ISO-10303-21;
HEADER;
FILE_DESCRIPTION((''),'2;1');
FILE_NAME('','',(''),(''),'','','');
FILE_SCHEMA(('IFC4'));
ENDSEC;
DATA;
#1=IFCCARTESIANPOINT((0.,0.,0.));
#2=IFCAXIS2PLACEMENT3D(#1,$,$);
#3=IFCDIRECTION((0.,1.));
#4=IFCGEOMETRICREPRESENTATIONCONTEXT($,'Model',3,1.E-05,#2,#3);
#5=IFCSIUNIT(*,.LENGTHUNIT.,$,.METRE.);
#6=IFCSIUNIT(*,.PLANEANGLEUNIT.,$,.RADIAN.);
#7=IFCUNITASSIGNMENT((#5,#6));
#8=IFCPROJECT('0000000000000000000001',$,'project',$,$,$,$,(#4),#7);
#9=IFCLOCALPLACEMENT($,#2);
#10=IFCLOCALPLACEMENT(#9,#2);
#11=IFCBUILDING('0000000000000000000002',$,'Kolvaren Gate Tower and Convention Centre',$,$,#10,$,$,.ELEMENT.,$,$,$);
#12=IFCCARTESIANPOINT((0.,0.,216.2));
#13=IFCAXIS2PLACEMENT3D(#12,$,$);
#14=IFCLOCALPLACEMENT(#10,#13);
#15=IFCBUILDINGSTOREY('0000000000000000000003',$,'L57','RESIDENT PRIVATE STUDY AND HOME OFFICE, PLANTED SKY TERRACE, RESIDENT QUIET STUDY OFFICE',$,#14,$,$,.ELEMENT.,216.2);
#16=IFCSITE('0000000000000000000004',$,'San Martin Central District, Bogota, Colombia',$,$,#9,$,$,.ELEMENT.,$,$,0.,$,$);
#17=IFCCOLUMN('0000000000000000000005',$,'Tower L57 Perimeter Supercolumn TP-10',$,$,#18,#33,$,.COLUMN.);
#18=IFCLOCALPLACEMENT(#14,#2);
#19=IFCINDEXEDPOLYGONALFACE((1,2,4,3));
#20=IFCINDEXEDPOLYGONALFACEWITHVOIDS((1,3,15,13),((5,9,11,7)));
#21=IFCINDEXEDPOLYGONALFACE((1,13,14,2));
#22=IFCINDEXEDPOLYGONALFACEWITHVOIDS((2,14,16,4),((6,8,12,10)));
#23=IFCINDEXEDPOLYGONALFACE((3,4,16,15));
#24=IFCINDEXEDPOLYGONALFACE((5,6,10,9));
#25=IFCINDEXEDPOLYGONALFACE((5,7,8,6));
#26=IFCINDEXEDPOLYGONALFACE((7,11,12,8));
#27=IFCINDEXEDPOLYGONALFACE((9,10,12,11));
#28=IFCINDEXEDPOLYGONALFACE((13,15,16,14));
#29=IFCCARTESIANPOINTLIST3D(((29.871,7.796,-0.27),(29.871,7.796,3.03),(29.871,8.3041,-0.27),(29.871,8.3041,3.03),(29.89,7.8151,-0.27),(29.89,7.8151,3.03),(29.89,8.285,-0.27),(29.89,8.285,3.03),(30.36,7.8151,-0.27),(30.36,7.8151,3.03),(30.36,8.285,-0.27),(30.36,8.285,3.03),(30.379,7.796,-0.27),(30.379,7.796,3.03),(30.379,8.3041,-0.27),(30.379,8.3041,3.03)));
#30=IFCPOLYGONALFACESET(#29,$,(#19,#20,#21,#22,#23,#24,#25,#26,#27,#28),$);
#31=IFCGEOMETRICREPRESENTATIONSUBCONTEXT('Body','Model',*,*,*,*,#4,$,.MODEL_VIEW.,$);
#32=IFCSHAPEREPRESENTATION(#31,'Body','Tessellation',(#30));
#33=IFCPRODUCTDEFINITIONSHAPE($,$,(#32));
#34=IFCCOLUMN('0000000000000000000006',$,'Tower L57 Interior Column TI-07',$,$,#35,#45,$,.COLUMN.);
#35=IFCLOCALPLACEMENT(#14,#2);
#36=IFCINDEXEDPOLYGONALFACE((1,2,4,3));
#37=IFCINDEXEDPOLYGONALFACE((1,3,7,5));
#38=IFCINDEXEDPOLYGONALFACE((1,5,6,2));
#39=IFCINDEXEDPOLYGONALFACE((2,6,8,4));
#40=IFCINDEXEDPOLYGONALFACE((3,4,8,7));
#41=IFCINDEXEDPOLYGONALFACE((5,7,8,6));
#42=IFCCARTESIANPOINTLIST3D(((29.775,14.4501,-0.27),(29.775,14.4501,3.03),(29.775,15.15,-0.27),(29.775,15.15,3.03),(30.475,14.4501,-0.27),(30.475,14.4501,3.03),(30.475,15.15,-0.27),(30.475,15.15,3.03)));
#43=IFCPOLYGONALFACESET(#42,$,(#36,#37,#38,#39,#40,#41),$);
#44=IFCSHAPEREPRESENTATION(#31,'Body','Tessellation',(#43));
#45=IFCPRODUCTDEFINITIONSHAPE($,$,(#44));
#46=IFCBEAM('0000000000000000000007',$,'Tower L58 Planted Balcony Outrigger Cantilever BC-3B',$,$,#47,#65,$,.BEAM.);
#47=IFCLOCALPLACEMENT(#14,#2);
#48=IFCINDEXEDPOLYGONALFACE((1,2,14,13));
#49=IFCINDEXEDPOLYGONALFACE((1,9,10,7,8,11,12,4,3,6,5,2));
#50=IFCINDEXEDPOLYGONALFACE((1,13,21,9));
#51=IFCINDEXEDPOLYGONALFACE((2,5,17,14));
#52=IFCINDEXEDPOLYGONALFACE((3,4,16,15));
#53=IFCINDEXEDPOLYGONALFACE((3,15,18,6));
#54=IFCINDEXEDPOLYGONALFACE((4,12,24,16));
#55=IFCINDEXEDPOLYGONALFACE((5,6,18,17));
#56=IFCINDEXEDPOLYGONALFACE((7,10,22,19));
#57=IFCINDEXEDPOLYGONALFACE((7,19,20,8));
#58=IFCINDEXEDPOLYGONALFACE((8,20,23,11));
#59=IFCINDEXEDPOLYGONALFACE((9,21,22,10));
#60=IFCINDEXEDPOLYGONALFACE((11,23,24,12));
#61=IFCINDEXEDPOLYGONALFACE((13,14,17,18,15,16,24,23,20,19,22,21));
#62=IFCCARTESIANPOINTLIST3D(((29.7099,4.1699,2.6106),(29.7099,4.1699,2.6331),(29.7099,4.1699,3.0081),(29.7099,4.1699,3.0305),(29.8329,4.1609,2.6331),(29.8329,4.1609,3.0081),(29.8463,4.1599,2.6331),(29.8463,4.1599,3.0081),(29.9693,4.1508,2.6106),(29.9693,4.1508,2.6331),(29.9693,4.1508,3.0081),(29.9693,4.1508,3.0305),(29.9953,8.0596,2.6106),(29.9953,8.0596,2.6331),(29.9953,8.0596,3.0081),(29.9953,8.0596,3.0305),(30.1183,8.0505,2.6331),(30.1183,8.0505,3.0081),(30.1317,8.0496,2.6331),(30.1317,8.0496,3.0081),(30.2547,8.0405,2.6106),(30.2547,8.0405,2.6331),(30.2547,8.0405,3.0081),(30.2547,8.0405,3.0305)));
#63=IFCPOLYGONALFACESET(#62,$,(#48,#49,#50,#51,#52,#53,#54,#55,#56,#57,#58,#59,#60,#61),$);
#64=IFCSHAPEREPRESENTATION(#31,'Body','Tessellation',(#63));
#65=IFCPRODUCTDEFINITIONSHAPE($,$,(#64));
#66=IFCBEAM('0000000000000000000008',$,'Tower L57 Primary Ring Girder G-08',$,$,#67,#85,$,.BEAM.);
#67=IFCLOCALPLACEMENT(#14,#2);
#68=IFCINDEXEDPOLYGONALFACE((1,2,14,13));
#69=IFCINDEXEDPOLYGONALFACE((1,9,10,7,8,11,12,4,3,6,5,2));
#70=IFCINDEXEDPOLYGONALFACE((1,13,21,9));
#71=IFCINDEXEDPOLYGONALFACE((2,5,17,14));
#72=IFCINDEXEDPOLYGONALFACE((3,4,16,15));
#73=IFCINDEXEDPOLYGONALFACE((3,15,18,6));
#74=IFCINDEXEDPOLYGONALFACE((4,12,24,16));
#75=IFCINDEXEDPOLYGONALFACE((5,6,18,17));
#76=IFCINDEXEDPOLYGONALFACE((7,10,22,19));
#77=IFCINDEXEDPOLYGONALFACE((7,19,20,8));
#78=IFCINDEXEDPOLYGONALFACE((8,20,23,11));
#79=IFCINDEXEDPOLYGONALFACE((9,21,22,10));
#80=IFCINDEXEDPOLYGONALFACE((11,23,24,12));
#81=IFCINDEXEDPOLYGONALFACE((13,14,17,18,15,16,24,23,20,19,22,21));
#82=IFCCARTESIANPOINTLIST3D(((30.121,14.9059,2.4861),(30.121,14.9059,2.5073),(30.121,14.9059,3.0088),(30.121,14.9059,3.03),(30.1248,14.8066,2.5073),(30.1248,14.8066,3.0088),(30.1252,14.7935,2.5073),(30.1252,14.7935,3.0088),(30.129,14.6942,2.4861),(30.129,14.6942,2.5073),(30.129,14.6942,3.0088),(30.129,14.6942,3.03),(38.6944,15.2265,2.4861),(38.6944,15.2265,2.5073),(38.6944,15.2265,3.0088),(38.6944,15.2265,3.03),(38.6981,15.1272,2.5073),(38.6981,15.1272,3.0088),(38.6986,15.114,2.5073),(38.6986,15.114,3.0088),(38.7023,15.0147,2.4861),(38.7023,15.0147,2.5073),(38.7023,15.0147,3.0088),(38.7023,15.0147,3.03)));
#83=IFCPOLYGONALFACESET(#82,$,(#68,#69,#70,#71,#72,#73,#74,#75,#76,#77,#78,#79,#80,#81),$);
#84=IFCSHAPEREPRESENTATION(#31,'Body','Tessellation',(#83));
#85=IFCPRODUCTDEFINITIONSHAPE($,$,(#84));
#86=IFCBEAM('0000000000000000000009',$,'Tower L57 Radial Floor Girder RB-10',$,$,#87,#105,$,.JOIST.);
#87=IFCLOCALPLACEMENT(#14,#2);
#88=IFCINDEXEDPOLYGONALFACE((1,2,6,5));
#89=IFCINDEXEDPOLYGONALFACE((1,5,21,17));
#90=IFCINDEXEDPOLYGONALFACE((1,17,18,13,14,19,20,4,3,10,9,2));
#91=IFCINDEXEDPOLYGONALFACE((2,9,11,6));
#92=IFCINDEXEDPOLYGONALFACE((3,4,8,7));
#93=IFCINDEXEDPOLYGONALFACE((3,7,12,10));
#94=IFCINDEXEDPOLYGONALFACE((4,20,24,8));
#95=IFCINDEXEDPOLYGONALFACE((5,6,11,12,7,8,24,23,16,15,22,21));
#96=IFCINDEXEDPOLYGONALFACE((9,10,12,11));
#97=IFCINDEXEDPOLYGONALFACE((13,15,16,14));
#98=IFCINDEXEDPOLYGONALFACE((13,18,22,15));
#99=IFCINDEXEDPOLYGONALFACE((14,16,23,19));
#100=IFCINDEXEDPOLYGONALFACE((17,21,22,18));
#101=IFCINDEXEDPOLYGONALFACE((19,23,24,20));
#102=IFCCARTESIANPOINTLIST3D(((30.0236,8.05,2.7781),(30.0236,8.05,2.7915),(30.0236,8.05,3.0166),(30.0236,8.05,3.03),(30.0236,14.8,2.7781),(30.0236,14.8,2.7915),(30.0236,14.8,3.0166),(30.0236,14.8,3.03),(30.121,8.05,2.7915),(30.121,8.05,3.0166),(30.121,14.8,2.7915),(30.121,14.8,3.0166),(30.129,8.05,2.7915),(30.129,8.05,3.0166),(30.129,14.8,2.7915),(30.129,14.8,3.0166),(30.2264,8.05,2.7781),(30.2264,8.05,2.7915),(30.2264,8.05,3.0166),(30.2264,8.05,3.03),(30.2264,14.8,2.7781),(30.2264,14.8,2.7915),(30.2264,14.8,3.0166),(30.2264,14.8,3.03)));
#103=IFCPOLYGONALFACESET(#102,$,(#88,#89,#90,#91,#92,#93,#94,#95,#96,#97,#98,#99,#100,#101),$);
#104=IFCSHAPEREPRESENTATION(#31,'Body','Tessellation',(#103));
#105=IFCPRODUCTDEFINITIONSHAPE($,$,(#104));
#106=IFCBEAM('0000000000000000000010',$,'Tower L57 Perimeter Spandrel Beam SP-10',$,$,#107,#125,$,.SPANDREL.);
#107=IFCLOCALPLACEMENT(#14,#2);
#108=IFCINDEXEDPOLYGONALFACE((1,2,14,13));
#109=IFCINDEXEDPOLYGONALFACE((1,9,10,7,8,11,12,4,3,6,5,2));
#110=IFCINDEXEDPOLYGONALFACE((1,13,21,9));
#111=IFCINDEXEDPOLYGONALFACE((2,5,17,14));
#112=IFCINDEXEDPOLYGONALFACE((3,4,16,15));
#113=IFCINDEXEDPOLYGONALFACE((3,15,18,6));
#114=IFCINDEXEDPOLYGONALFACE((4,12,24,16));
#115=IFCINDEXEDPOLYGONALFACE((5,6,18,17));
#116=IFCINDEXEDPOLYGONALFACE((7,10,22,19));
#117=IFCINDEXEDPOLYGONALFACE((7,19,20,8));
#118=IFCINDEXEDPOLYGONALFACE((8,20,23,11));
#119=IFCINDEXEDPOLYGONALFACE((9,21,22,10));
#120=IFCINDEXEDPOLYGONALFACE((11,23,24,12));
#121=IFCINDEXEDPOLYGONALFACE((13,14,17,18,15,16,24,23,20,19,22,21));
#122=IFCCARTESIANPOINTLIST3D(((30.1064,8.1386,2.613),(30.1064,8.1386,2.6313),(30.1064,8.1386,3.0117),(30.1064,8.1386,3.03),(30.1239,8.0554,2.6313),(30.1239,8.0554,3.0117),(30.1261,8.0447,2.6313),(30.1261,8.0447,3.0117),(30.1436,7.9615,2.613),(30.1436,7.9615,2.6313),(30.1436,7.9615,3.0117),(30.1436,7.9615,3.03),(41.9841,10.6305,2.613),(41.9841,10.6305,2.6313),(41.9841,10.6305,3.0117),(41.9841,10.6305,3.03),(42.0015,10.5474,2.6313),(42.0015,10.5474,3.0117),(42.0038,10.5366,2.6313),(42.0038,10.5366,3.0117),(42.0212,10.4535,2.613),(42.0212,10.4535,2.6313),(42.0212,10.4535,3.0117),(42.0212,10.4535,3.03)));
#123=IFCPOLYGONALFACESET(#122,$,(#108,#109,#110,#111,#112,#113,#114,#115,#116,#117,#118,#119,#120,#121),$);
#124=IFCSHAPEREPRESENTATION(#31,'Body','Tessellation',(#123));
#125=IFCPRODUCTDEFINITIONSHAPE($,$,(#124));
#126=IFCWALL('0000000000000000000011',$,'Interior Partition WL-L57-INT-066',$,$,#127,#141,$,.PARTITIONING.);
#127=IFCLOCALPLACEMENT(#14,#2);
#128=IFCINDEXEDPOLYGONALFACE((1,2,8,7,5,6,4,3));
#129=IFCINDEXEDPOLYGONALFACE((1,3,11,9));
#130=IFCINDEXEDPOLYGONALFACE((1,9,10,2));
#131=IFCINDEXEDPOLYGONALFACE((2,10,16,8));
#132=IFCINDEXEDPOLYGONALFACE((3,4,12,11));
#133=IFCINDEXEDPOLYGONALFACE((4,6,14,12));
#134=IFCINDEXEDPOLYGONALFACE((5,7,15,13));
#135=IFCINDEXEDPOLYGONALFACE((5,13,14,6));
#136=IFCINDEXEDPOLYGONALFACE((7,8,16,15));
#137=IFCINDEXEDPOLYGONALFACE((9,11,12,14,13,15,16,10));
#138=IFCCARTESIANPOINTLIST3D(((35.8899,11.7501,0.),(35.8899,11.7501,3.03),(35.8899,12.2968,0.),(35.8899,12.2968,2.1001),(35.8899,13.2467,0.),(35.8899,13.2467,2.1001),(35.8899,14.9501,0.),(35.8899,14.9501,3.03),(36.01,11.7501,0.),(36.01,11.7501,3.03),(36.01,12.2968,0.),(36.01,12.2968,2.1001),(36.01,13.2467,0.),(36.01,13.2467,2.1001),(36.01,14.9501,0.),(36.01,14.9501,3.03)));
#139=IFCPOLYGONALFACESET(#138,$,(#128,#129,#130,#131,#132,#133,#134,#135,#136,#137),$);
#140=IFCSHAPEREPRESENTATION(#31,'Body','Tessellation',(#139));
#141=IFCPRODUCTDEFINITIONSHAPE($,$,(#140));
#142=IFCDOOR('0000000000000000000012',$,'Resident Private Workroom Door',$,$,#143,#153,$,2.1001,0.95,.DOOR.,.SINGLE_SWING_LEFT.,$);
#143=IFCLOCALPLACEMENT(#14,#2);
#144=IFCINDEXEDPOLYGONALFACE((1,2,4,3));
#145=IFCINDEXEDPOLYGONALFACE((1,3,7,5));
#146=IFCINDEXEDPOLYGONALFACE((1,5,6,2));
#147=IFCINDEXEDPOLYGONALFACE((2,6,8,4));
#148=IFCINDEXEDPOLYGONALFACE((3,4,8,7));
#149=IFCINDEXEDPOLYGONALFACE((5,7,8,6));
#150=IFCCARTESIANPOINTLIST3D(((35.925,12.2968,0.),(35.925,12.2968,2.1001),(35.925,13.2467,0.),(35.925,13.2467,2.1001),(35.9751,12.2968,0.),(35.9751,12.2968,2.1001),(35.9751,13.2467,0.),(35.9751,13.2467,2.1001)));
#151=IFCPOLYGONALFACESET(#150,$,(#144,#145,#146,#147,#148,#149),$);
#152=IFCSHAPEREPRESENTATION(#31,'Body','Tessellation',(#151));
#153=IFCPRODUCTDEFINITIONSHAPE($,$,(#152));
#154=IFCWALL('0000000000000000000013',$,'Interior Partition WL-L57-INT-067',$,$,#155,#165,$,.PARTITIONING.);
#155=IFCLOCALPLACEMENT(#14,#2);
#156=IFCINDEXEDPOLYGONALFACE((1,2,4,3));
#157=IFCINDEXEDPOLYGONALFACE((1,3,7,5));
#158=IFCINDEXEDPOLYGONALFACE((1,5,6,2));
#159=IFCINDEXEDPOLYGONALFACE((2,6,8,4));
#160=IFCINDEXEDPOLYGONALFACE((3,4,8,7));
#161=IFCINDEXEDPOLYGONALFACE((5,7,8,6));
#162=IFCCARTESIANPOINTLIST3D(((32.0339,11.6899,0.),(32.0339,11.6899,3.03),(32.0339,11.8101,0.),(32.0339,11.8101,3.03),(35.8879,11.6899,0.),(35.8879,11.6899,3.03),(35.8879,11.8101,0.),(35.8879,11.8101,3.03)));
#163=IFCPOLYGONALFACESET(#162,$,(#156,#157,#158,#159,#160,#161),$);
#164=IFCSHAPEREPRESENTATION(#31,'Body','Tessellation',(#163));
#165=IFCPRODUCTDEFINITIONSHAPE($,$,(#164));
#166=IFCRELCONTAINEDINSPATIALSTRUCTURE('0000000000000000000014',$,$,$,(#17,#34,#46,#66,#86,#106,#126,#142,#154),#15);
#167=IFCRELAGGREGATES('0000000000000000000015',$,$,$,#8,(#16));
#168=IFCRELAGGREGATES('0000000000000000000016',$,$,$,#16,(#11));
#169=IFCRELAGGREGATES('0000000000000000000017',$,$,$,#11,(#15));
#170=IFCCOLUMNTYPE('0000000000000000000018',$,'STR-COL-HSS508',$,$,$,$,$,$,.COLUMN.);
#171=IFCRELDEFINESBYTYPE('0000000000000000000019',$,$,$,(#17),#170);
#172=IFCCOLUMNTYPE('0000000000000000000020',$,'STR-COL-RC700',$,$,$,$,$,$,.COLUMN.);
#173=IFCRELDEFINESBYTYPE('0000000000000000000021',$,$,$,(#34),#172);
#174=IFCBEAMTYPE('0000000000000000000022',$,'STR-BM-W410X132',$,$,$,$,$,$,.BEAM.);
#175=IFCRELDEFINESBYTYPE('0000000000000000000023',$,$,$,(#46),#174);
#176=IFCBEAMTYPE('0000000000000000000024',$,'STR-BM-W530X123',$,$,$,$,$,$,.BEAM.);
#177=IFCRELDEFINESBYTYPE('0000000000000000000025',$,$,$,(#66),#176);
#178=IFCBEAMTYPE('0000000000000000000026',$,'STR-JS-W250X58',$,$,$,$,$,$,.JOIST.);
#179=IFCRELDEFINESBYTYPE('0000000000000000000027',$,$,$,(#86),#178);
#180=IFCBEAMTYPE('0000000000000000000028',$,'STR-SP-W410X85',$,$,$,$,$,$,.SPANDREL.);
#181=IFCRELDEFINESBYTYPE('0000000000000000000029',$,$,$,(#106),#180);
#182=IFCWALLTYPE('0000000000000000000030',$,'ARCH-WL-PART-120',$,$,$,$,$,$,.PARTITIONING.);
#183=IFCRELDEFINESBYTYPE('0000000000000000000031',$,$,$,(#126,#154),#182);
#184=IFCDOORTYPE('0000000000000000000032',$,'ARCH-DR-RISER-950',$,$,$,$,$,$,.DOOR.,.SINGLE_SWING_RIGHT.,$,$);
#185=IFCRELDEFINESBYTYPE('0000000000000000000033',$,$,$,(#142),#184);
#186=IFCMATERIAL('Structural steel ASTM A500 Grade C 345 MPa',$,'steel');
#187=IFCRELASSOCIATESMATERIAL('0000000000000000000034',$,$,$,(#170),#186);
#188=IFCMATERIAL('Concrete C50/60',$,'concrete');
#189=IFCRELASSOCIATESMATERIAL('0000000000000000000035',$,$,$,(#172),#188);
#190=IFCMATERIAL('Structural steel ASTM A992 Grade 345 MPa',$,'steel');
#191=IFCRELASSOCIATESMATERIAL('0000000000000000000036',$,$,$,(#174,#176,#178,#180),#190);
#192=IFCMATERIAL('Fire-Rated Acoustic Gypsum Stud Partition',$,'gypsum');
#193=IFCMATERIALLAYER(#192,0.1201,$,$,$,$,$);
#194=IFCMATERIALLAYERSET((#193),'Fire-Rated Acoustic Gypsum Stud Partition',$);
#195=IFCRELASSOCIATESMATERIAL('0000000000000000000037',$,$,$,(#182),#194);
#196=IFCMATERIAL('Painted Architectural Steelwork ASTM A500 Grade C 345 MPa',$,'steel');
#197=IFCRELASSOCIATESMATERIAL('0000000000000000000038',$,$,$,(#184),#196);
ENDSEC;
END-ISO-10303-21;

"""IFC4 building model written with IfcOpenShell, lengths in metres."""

from ifc_helpers import new_model, si_unit, direction, frame, frame_2d, origin, origin_2d, place, context, subcontext, project, spatial, rectangle, hollow_rectangle, i_section, extrude, material, layer, layer_set, material_profile, profile_set, type_object, element, fill, save


model = new_model("IFC4")

# Units and contexts
model_context = context("Model", 3, precision=1e-05, world=origin(), true_north=direction((0.0, 1.0)))
body_context = subcontext(model_context, "Body", "Model", "MODEL_VIEW")
ifc_project = project(units=[si_unit("LENGTHUNIT", "METRE"), si_unit("PLANEANGLEUNIT", "RADIAN")], contexts=[model_context])

# Site, building, storey
site_placement = place(None, origin())
site = spatial("IfcSite", under=ifc_project, at=site_placement, Name="San Martin Central District, Bogota, Colombia", CompositionType="ELEMENT", RefElevation=0.0)
building_placement = place(site_placement, origin())
building = spatial("IfcBuilding", under=site, at=building_placement, Name="Kolvaren Gate Tower and Convention Centre", CompositionType="ELEMENT")
storey_placement = place(building_placement, frame((0.0, 0.0, 216.2)))
storey = spatial("IfcBuildingStorey", under=building, at=storey_placement, Name="L57", Description="RESIDENT PRIVATE STUDY AND HOME OFFICE, PLANTED SKY TERRACE, RESIDENT QUIET STUDY OFFICE", CompositionType="ELEMENT", Elevation=216.2)

# Columns
ifc_material_1 = material(Name="Structural steel ASTM A500 Grade C 345 MPa", Category="steel")
ifc_material_profile_1 = material_profile(ifc_material_1, hollow_rectangle(XDim=0.5081, YDim=0.5081, WallThickness=0.019, at=origin_2d()), Name="HSS508X508X19.1")
ifc_profile_set_1 = profile_set([ifc_material_profile_1], Name="Structural steel ASTM A500 Grade C 345 MPa")
column_type_1 = type_object("IfcColumnType", Name="STR-COL-HSS508", PredefinedType="COLUMN", material=ifc_profile_set_1)
column_1_placement = place(storey_placement, frame((30.125, 8.05, -0.27), z_axis=(0.0, 0.0, 1.0), x_axis=(1.0, 0.0, 0.0)))
element("IfcColumn", 1, at=column_1_placement, inside=storey, type_object=column_type_1, Name="Tower L57 Perimeter Supercolumn TP-10", PredefinedType="COLUMN", context=body_context, shape_type="SweptSolid", body=[
    extrude(hollow_rectangle(XDim=0.5081, YDim=0.5081, WallThickness=0.019, at=origin_2d()), origin(), (0.0, 0.0, 1.0), 3.3),
])
ifc_material_2 = material(Name="Concrete C50/60", Category="concrete")
ifc_material_profile_2 = material_profile(ifc_material_2, rectangle(XDim=0.7, YDim=0.7, at=origin_2d()), Name="RC-COL-700X700")
ifc_profile_set_2 = profile_set([ifc_material_profile_2], Name="Concrete C50/60")
column_type_2 = type_object("IfcColumnType", Name="STR-COL-RC700", PredefinedType="COLUMN", material=ifc_profile_set_2)
column_2_placement = place(storey_placement, frame((30.125, 14.8, -0.27), z_axis=(0.0, 0.0, 1.0), x_axis=(1.0, 0.0, 0.0)))
element("IfcColumn", 2, at=column_2_placement, inside=storey, type_object=column_type_2, Name="Tower L57 Interior Column TI-07", PredefinedType="COLUMN", context=body_context, shape_type="SweptSolid", body=[
    extrude(rectangle(XDim=0.7, YDim=0.7, at=origin_2d()), origin(), (0.0, 0.0, 1.0), 3.3),
])

# Beams
ifc_material_3 = material(Name="Structural steel ASTM A992 Grade 345 MPa", Category="steel")
ifc_material_profile_3 = material_profile(ifc_material_3, i_section(OverallWidth=0.26, OverallDepth=0.4199, WebThickness=0.0134, FlangeThickness=0.0225, at=origin_2d()), Name="W410X132")
ifc_profile_set_3 = profile_set([ifc_material_profile_3], Name="Structural steel ASTM A992 Grade 345 MPa")
beam_type_1 = type_object("IfcBeamType", Name="STR-BM-W410X132", PredefinedType="BEAM", material=ifc_profile_set_3)
beam_1_placement = place(storey_placement, frame((30.125, 8.05, 2.8206), z_axis=(-0.073178, -0.997319, 0.0), x_axis=(0.997319, -0.073178, 0.0)))
element("IfcBeam", 3, at=beam_1_placement, inside=storey, type_object=beam_type_1, Name="Tower L58 Planted Balcony Outrigger Cantilever BC-3B", PredefinedType="BEAM", context=body_context, shape_type="SweptSolid", body=[
    extrude(i_section(OverallWidth=0.26, OverallDepth=0.4199, WebThickness=0.0134, FlangeThickness=0.0225, at=origin_2d()), origin(), (0.0, 0.0, 1.0), 3.9001),
])
ifc_material_profile_4 = material_profile(ifc_material_3, i_section(OverallWidth=0.2119, OverallDepth=0.5439, WebThickness=0.0132, FlangeThickness=0.0212, at=origin_2d()), Name="W530X123")
ifc_profile_set_4 = profile_set([ifc_material_profile_4], Name="Structural steel ASTM A992 Grade 345 MPa")
beam_type_2 = type_object("IfcBeamType", Name="STR-BM-W530X123", PredefinedType="BEAM", material=ifc_profile_set_4)
beam_2_placement = place(storey_placement, frame((30.125, 14.8, 2.7581), z_axis=(0.999302, 0.037364, 0.0), x_axis=(-0.037364, 0.999302, 0.0)))
element("IfcBeam", 4, at=beam_2_placement, inside=storey, type_object=beam_type_2, Name="Tower L57 Primary Ring Girder G-08", PredefinedType="BEAM", context=body_context, shape_type="SweptSolid", body=[
    extrude(i_section(OverallWidth=0.2119, OverallDepth=0.5439, WebThickness=0.0132, FlangeThickness=0.0212, at=origin_2d()), origin(), (0.0, 0.0, 1.0), 8.5793),
])
ifc_material_profile_5 = material_profile(ifc_material_3, i_section(OverallWidth=0.2029, OverallDepth=0.252, WebThickness=0.0081, FlangeThickness=0.0134, at=origin_2d()), Name="W250X58")
ifc_profile_set_5 = profile_set([ifc_material_profile_5], Name="Structural steel ASTM A992 Grade 345 MPa")
beam_type_3 = type_object("IfcBeamType", Name="STR-JS-W250X58", PredefinedType="JOIST", material=ifc_profile_set_5)
beam_3_placement = place(storey_placement, frame((30.125, 14.8, 2.9041), z_axis=(0.0, -1.0, 0.0), x_axis=(1.0, 0.0, 0.0)))
element("IfcBeam", 5, at=beam_3_placement, inside=storey, type_object=beam_type_3, Name="Tower L57 Radial Floor Girder RB-10", PredefinedType="JOIST", context=body_context, shape_type="SweptSolid", body=[
    extrude(i_section(OverallWidth=0.2029, OverallDepth=0.252, WebThickness=0.0081, FlangeThickness=0.0134, at=origin_2d()), origin(), (0.0, 0.0, 1.0), 6.75),
])
ifc_material_profile_6 = material_profile(ifc_material_3, i_section(OverallWidth=0.1809, OverallDepth=0.417, WebThickness=0.011, FlangeThickness=0.0183, at=origin_2d()), Name="W410X85")
ifc_profile_set_6 = profile_set([ifc_material_profile_6], Name="Structural steel ASTM A992 Grade 345 MPa")
beam_type_4 = type_object("IfcBeamType", Name="STR-SP-W410X85", PredefinedType="SPANDREL", material=ifc_profile_set_6)
beam_4_placement = place(storey_placement, frame((30.125, 8.05, 2.8215), z_axis=(0.978693, 0.20533, 0.0), x_axis=(-0.20533, 0.978693, 0.0)))
element("IfcBeam", 6, at=beam_4_placement, inside=storey, type_object=beam_type_4, Name="Tower L57 Perimeter Spandrel Beam SP-10", PredefinedType="SPANDREL", context=body_context, shape_type="SweptSolid", body=[
    extrude(i_section(OverallWidth=0.1809, OverallDepth=0.417, WebThickness=0.011, FlangeThickness=0.0183, at=origin_2d()), origin(), (0.0, 0.0, 1.0), 12.1362),
])

# Wall, opening, door
ifc_material_4 = material(Name="Fire-Rated Acoustic Gypsum Stud Partition", Category="gypsum")
ifc_layer_1 = layer(ifc_material_4, 0.1201)
ifc_layer_set_1 = layer_set([ifc_layer_1], Name="Fire-Rated Acoustic Gypsum Stud Partition")
wall_type_1 = type_object("IfcWallType", Name="ARCH-WL-PART-120", PredefinedType="PARTITIONING", material=ifc_layer_set_1)
wall_1_placement = place(storey_placement, frame((35.95, 11.75, 0.0), z_axis=(0.0, 0.0, 1.0), x_axis=(0.0, 1.0, 0.0)))
wall_1 = element("IfcWall", 7, at=wall_1_placement, inside=storey, type_object=wall_type_1, Name="Interior Partition WL-L57-INT-066", PredefinedType="PARTITIONING", context=body_context, shape_type="SweptSolid", body=[
    extrude(rectangle(XDim=3.2, YDim=0.1201, at=frame_2d((1.6001, 0.0))), origin(), (0.0, 0.0, 1.0), 3.03),
])
opening_1_placement = place(wall_1_placement, frame((0.5466, 0.0, 0.0)))
opening_1 = element("IfcOpeningElement", 8, at=opening_1_placement, cuts=wall_1, PredefinedType="OPENING", context=body_context, shape_type="SweptSolid", body=[
    extrude(rectangle(XDim=0.95, YDim=2.1001, at=frame_2d((0.4751, 1.05))), frame((0.0, 0.0701, 0.0), z_axis=(0.0, -1.0, 0.0), x_axis=(1.0, 0.0, 0.0)), (0.0, 0.0, 1.0), 0.1401),
])
ifc_material_5 = material(Name="Painted Architectural Steelwork ASTM A500 Grade C 345 MPa", Category="steel")
door_type_1 = type_object("IfcDoorType", Name="ARCH-DR-RISER-950", OperationType="SINGLE_SWING_RIGHT", PredefinedType="DOOR", material=ifc_material_5)
door_1_placement = place(opening_1_placement, origin())
door_1 = element("IfcDoor", 9, at=door_1_placement, inside=storey, type_object=door_type_1, Name="Resident Private Workroom Door", OperationType="SINGLE_SWING_LEFT", OverallHeight=2.1001, OverallWidth=0.95, PredefinedType="DOOR", context=body_context, shape_type="SweptSolid", body=[
    extrude(rectangle(XDim=0.95, YDim=2.1001, at=frame_2d((0.4751, 1.05))), frame((0.0, 0.0249, 0.0), z_axis=(0.0, -1.0, 0.0), x_axis=(1.0, 0.0, 0.0)), (0.0, 0.0, 1.0), 0.05),
])
fill(opening_1, door_1)

# Wall
wall_2_placement = place(storey_placement, frame((32.0339, 11.75, 0.0), z_axis=(0.0, 0.0, 1.0), x_axis=(1.0, 0.0, 0.0)))
element("IfcWall", 10, at=wall_2_placement, inside=storey, type_object=wall_type_1, Name="Interior Partition WL-L57-INT-067", PredefinedType="PARTITIONING", context=body_context, shape_type="SweptSolid", body=[
    extrude(rectangle(XDim=3.854, YDim=0.1201, at=frame_2d((1.927, 0.0))), origin(), (0.0, 0.0, 1.0), 3.03),
])

save(model, "model.ifc")
